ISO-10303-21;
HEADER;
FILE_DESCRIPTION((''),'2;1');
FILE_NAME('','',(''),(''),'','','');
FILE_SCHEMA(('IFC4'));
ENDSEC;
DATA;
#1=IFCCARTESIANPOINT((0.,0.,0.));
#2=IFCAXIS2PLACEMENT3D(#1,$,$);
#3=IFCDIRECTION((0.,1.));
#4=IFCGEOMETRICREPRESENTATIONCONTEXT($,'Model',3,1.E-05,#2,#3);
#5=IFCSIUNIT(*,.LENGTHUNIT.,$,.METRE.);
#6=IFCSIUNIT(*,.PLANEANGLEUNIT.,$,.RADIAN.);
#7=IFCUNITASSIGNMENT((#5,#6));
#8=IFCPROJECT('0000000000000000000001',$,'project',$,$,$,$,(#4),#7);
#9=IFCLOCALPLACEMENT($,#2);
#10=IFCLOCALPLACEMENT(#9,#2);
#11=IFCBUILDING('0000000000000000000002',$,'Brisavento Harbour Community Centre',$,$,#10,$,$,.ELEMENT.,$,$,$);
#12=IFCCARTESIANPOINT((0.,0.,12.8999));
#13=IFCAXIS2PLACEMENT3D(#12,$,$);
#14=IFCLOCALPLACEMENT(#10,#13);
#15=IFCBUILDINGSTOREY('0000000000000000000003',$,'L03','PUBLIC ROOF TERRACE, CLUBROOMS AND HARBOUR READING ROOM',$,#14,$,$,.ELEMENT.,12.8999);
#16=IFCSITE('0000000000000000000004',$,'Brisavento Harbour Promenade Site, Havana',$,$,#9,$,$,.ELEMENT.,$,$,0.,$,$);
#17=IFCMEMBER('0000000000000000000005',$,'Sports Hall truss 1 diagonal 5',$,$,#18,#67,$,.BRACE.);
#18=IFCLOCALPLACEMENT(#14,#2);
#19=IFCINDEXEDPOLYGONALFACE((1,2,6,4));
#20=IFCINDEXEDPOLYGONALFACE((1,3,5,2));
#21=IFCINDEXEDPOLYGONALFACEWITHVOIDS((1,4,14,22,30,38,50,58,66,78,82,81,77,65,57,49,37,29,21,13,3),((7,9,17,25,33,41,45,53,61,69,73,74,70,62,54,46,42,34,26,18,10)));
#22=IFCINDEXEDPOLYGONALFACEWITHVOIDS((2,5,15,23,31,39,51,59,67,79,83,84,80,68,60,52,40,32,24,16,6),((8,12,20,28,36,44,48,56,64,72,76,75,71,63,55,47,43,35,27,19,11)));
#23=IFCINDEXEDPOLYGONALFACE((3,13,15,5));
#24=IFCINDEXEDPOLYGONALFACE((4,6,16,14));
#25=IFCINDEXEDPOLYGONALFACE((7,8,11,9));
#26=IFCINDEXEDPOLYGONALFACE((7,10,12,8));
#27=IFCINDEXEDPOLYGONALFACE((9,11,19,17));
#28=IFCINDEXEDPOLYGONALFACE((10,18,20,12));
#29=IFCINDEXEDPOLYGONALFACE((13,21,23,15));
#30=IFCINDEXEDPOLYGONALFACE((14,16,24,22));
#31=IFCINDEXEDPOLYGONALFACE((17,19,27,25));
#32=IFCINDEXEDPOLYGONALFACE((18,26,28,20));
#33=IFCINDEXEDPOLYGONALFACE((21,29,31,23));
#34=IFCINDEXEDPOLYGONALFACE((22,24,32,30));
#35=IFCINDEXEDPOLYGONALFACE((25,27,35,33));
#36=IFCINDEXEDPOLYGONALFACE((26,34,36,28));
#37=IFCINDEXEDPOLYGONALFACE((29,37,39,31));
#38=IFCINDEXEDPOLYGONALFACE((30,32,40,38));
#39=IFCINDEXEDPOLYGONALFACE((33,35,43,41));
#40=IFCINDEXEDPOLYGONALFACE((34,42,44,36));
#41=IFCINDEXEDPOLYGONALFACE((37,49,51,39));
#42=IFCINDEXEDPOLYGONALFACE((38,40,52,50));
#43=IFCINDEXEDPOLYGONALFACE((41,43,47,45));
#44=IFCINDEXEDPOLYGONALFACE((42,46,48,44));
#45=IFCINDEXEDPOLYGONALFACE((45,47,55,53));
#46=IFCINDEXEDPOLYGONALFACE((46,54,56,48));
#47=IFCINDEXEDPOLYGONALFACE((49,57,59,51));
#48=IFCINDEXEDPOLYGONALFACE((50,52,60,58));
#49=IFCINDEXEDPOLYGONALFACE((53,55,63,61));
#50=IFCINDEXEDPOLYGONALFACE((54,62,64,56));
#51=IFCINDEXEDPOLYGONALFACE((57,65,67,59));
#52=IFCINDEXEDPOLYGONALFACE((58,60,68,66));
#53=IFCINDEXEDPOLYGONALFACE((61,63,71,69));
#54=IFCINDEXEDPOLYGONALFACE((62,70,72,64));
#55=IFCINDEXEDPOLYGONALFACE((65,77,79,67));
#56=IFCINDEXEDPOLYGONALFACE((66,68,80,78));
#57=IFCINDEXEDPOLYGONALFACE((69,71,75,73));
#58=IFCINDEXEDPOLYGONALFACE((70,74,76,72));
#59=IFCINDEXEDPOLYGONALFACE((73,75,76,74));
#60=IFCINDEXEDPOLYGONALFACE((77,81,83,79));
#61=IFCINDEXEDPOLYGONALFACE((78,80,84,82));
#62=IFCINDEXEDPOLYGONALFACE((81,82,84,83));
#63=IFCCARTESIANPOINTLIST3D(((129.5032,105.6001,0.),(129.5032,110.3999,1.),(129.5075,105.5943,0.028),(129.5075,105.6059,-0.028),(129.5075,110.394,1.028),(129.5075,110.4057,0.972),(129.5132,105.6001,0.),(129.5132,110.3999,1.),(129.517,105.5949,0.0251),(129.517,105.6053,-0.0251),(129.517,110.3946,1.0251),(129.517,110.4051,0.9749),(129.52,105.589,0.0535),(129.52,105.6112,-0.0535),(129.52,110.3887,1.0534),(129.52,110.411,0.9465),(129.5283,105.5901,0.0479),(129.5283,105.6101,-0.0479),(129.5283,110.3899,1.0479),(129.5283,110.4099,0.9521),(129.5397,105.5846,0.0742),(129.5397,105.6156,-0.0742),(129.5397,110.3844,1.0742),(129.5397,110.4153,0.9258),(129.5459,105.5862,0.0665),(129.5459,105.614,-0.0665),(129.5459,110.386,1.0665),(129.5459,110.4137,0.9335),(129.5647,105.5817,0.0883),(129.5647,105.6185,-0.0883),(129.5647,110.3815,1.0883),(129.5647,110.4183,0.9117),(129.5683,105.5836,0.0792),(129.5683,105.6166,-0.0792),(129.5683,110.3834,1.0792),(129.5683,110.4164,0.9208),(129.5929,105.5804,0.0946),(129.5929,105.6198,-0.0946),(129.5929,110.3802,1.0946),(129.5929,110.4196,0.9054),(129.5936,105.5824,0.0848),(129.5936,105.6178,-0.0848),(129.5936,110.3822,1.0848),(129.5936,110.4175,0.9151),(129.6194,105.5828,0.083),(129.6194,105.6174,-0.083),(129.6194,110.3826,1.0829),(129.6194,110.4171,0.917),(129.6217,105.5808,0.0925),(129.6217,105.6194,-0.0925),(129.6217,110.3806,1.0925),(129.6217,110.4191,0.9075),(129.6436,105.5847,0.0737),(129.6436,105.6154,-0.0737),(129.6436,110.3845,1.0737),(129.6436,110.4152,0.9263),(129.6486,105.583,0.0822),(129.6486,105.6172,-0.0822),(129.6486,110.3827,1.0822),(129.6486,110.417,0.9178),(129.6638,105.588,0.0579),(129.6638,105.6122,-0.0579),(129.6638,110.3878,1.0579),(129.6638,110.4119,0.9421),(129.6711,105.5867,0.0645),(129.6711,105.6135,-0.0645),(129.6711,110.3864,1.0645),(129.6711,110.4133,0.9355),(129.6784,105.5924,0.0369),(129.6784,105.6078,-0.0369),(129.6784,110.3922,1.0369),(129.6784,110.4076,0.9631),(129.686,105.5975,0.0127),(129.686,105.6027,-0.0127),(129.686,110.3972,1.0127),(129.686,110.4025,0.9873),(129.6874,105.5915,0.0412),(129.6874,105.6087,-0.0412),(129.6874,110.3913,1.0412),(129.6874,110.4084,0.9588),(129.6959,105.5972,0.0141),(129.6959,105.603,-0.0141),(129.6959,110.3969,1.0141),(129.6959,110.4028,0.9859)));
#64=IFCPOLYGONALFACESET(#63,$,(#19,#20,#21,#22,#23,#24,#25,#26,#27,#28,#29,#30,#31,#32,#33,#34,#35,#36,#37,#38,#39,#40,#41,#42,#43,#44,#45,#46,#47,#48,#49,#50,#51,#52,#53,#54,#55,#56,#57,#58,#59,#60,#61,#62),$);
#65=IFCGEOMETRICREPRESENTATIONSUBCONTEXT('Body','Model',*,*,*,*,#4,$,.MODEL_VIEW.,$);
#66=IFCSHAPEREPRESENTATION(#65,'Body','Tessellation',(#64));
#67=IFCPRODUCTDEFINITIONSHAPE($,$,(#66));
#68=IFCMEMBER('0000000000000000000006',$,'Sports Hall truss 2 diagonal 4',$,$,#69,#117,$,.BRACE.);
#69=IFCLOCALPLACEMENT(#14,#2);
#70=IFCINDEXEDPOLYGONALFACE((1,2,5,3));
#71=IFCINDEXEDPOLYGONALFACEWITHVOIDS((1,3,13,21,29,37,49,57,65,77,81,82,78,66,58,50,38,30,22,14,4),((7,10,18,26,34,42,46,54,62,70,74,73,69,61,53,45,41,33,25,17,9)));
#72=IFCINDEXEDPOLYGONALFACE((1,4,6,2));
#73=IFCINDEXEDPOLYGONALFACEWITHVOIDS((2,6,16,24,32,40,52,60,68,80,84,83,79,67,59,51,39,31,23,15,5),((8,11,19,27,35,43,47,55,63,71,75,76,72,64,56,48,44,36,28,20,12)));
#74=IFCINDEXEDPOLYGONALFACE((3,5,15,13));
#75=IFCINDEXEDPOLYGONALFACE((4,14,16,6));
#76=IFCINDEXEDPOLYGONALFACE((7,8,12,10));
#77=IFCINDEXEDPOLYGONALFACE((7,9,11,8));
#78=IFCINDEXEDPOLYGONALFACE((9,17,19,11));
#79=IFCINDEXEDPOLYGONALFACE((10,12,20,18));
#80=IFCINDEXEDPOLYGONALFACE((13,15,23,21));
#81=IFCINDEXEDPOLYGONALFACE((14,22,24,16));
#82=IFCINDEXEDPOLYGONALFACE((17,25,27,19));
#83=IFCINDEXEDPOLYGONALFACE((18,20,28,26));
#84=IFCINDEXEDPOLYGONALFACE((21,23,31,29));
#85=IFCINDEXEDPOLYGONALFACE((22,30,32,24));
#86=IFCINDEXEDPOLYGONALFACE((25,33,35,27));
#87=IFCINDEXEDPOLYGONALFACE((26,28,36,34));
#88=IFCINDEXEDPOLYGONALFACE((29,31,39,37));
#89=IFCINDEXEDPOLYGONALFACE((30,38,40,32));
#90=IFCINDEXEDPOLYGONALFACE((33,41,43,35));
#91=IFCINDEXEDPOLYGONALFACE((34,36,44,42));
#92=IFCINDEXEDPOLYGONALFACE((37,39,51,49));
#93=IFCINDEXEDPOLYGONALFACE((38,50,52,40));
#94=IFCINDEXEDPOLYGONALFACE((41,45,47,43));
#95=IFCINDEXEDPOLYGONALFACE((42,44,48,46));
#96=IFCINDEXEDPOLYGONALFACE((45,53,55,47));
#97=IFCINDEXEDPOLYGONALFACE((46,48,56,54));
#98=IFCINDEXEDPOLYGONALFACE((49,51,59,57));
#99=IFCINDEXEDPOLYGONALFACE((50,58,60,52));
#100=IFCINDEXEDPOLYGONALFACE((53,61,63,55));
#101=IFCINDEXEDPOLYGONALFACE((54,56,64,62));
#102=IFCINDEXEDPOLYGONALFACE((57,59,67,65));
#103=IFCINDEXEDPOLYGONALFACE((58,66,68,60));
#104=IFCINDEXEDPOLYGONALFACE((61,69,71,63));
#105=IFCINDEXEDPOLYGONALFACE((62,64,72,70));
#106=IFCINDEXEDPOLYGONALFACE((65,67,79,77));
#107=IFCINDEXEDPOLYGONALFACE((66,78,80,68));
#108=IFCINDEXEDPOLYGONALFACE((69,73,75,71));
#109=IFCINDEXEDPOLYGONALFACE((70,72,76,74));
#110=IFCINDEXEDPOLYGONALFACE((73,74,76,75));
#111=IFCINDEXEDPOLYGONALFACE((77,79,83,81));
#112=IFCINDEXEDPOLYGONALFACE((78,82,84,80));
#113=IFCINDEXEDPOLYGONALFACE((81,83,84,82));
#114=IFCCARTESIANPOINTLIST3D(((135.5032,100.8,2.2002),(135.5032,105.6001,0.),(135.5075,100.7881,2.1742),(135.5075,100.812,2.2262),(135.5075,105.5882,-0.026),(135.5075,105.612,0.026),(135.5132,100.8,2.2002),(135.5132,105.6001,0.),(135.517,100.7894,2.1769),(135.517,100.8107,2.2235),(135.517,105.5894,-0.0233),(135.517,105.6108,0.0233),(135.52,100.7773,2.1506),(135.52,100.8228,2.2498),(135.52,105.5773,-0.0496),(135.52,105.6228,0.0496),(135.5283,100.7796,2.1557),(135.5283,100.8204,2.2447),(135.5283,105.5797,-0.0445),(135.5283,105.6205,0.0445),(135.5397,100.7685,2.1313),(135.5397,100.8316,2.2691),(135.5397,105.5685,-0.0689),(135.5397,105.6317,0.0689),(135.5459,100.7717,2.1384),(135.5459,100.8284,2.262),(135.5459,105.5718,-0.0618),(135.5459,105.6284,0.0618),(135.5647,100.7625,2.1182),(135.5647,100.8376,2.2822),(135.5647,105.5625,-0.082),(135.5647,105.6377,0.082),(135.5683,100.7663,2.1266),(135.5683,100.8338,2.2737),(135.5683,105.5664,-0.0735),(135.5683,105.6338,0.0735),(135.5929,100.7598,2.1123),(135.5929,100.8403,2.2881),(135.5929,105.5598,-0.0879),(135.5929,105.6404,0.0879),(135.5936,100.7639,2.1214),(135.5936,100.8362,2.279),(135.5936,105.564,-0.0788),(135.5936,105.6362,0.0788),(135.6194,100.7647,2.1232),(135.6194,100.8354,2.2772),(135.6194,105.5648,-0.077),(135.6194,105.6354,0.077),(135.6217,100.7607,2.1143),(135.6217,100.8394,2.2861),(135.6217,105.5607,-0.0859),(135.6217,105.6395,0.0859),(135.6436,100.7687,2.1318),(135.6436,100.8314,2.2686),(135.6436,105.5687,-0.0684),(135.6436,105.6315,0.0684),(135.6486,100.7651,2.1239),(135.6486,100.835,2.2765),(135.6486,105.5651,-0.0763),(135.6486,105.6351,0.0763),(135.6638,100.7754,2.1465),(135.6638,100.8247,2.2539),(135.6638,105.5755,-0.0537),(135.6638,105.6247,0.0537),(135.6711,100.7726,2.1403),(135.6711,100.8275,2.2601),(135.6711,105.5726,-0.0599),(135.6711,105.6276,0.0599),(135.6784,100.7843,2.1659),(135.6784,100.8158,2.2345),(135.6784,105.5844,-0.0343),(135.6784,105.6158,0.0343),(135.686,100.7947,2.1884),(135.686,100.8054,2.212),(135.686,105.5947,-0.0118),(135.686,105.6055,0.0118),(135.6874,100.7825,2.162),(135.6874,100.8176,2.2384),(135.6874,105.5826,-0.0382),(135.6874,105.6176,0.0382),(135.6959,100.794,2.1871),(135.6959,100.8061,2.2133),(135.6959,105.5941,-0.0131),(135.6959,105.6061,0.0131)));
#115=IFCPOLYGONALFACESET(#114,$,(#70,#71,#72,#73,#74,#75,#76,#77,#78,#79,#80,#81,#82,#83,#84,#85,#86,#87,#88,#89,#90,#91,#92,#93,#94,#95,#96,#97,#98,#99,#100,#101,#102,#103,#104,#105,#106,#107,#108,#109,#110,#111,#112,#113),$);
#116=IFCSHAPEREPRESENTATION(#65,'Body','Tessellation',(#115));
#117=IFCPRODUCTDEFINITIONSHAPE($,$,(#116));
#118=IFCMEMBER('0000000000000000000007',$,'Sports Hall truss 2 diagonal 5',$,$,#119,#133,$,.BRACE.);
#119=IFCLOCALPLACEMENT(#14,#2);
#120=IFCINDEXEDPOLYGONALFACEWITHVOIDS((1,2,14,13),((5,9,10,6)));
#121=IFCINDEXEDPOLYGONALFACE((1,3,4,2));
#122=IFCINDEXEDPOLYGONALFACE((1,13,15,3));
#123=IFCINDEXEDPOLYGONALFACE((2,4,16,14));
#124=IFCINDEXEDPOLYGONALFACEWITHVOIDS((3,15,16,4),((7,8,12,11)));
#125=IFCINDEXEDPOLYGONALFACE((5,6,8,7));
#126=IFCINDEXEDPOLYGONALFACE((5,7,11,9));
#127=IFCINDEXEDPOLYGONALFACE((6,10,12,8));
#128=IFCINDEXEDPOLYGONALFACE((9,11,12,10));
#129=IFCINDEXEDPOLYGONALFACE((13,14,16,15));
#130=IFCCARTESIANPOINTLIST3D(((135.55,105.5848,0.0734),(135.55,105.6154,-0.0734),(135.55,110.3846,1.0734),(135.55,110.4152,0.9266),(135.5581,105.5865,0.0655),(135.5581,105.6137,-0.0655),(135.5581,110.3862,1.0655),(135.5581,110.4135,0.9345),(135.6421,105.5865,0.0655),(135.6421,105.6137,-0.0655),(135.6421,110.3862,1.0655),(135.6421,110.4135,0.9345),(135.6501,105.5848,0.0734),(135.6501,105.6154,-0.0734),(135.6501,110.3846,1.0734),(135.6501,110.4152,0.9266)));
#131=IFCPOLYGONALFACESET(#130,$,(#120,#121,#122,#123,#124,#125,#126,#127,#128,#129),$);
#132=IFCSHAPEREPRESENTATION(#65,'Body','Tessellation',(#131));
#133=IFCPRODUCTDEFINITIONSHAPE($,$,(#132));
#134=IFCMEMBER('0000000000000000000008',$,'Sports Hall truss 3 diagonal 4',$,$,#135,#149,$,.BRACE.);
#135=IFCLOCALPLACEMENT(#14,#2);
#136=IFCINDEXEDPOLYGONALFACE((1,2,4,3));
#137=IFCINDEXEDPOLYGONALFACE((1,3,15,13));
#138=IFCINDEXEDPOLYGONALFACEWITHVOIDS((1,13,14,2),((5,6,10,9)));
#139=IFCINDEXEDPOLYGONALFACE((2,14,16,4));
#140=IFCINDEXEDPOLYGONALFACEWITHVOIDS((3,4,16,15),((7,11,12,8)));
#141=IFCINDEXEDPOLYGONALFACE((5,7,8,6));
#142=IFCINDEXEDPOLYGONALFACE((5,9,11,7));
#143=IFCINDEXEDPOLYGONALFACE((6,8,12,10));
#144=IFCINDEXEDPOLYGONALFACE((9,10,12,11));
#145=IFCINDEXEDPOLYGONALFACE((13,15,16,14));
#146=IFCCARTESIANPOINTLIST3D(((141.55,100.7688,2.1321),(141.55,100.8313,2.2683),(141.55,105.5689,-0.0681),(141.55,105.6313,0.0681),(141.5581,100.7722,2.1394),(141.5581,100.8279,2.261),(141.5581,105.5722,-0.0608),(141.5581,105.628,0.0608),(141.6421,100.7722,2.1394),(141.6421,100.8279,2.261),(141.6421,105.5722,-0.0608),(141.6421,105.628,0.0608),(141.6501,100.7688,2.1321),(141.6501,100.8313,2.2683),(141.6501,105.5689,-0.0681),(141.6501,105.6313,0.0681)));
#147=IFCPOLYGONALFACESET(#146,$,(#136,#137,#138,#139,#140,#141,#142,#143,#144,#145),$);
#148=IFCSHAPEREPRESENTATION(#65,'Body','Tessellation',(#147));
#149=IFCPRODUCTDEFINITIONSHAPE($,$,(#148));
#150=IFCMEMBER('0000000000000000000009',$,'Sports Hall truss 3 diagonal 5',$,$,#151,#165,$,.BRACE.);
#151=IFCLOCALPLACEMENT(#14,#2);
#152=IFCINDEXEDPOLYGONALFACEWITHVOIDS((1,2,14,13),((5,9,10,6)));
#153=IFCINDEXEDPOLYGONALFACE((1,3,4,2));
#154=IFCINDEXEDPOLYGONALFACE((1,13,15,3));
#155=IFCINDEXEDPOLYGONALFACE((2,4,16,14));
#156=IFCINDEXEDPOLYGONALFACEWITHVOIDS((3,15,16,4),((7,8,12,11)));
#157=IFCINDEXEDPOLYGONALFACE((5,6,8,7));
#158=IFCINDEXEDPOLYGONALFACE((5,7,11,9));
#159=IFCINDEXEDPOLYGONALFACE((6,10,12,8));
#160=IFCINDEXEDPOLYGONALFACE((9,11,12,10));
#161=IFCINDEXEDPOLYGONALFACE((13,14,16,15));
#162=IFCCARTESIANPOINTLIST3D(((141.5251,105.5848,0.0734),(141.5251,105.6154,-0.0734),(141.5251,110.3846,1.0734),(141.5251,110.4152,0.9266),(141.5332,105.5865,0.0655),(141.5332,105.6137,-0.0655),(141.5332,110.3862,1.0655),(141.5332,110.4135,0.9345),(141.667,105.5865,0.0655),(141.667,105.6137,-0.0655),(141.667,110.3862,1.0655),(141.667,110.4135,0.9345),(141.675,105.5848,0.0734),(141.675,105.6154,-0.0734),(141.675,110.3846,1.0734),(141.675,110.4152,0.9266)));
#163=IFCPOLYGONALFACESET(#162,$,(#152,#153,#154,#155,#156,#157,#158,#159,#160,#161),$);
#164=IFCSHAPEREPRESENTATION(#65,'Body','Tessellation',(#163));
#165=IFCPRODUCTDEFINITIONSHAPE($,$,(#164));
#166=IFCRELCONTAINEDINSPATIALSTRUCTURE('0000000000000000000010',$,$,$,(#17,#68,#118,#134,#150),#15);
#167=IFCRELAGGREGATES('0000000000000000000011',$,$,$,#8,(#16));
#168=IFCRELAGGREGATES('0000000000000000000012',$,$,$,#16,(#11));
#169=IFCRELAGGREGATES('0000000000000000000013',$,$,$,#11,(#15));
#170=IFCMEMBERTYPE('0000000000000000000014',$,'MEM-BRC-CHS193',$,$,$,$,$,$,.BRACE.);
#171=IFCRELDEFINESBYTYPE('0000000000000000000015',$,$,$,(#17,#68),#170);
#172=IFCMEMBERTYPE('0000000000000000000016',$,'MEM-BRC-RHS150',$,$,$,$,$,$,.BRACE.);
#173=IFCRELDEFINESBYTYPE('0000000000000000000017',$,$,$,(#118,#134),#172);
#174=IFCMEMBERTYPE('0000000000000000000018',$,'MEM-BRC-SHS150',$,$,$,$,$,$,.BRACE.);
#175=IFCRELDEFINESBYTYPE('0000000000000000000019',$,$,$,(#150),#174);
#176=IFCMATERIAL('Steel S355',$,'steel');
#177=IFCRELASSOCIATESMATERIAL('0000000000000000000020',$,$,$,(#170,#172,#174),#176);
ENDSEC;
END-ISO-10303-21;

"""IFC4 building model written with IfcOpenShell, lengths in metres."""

from ifc_helpers import new_model, si_unit, direction, frame, origin, origin_2d, place, context, subcontext, project, spatial, hollow_rectangle, hollow_circle, extrude, material, material_profile, profile_set, type_object, element, save


model = new_model("IFC4")

# Units and contexts
model_context = context("Model", 3, precision=1e-05, world=origin(), true_north=direction((0.0, 1.0)))
body_context = subcontext(model_context, "Body", "Model", "MODEL_VIEW")
ifc_project = project(units=[si_unit("LENGTHUNIT", "METRE"), si_unit("PLANEANGLEUNIT", "RADIAN")], contexts=[model_context])

# Site, building, storey
site_placement = place(None, origin())
site = spatial("IfcSite", under=ifc_project, at=site_placement, Name="Brisavento Harbour Promenade Site, Havana", CompositionType="ELEMENT", RefElevation=0.0)
building_placement = place(site_placement, origin())
building = spatial("IfcBuilding", under=site, at=building_placement, Name="Brisavento Harbour Community Centre", CompositionType="ELEMENT")
storey_placement = place(building_placement, frame((0.0, 0.0, 12.8999)))
storey = spatial("IfcBuildingStorey", under=building, at=storey_placement, Name="L03", Description="PUBLIC ROOF TERRACE, CLUBROOMS AND HARBOUR READING ROOM", CompositionType="ELEMENT", Elevation=12.8999)

# Members
ifc_material_1 = material(Name="Steel S355", Category="steel")
ifc_material_profile_1 = material_profile(ifc_material_1, hollow_circle(Radius=0.0969, WallThickness=0.01, at=origin_2d()), Name="Steel S355")
ifc_profile_set_1 = profile_set([ifc_material_profile_1], Name="Steel S355")
member_type_1 = type_object("IfcMemberType", Name="MEM-BRC-CHS193", PredefinedType="BRACE", material=ifc_profile_set_1)
member_1_placement = place(storey_placement, frame((129.6001, 105.6001, 0.0), z_axis=(0.0, 0.978979, 0.203962), x_axis=(-1.0, 0.0, 0.0)))
element("IfcMember", 1, at=member_1_placement, inside=storey, type_object=member_type_1, Name="Sports Hall truss 1 diagonal 5", PredefinedType="BRACE", context=body_context, shape_type="SweptSolid", body=[
    extrude(hollow_circle(Radius=0.0969, WallThickness=0.01, at=origin_2d()), origin(), (0.0, 0.0, 1.0), 4.9028),
])
member_2_placement = place(storey_placement, frame((135.6001, 100.8, 2.2002), z_axis=(0.0, 0.909052, -0.416682), x_axis=(-1.0, 0.0, 0.0)))
element("IfcMember", 2, at=member_2_placement, inside=storey, type_object=member_type_1, Name="Sports Hall truss 2 diagonal 4", PredefinedType="BRACE", context=body_context, shape_type="SweptSolid", body=[
    extrude(hollow_circle(Radius=0.0969, WallThickness=0.01, at=origin_2d()), origin(), (0.0, 0.0, 1.0), 5.2803),
])
ifc_material_profile_2 = material_profile(ifc_material_1, hollow_rectangle(XDim=0.1001, YDim=0.1499, WallThickness=0.0081, at=origin_2d()), Name="Steel S355")
ifc_profile_set_2 = profile_set([ifc_material_profile_2], Name="Steel S355")
member_type_2 = type_object("IfcMemberType", Name="MEM-BRC-RHS150", PredefinedType="BRACE", material=ifc_profile_set_2)
member_3_placement = place(storey_placement, frame((135.6001, 105.6001, 0.0), z_axis=(0.0, 0.978979, 0.203962), x_axis=(-1.0, 0.0, 0.0)))
element("IfcMember", 3, at=member_3_placement, inside=storey, type_object=member_type_2, Name="Sports Hall truss 2 diagonal 5", PredefinedType="BRACE", context=body_context, shape_type="SweptSolid", body=[
    extrude(hollow_rectangle(XDim=0.1001, YDim=0.1499, WallThickness=0.0081, at=origin_2d()), origin(), (0.0, 0.0, 1.0), 4.9028),
])
member_4_placement = place(storey_placement, frame((141.6001, 100.8, 2.2002), z_axis=(0.0, 0.909052, -0.416682), x_axis=(-1.0, 0.0, 0.0)))
element("IfcMember", 4, at=member_4_placement, inside=storey, type_object=member_type_2, Name="Sports Hall truss 3 diagonal 4", PredefinedType="BRACE", context=body_context, shape_type="SweptSolid", body=[
    extrude(hollow_rectangle(XDim=0.1001, YDim=0.1499, WallThickness=0.0081, at=origin_2d()), origin(), (0.0, 0.0, 1.0), 5.2803),
])
ifc_material_profile_3 = material_profile(ifc_material_1, hollow_rectangle(XDim=0.1499, YDim=0.1499, WallThickness=0.0081, at=origin_2d()), Name="Steel S355")
ifc_profile_set_3 = profile_set([ifc_material_profile_3], Name="Steel S355")
member_type_3 = type_object("IfcMemberType", Name="MEM-BRC-SHS150", PredefinedType="BRACE", material=ifc_profile_set_3)
member_5_placement = place(storey_placement, frame((141.6001, 105.6001, 0.0), z_axis=(0.0, 0.978979, 0.203962), x_axis=(-1.0, 0.0, 0.0)))
element("IfcMember", 5, at=member_5_placement, inside=storey, type_object=member_type_3, Name="Sports Hall truss 3 diagonal 5", PredefinedType="BRACE", context=body_context, shape_type="SweptSolid", body=[
    extrude(hollow_rectangle(XDim=0.1499, YDim=0.1499, WallThickness=0.0081, at=origin_2d()), origin(), (0.0, 0.0, 1.0), 4.9028),
])

save(model, "model.ifc")
